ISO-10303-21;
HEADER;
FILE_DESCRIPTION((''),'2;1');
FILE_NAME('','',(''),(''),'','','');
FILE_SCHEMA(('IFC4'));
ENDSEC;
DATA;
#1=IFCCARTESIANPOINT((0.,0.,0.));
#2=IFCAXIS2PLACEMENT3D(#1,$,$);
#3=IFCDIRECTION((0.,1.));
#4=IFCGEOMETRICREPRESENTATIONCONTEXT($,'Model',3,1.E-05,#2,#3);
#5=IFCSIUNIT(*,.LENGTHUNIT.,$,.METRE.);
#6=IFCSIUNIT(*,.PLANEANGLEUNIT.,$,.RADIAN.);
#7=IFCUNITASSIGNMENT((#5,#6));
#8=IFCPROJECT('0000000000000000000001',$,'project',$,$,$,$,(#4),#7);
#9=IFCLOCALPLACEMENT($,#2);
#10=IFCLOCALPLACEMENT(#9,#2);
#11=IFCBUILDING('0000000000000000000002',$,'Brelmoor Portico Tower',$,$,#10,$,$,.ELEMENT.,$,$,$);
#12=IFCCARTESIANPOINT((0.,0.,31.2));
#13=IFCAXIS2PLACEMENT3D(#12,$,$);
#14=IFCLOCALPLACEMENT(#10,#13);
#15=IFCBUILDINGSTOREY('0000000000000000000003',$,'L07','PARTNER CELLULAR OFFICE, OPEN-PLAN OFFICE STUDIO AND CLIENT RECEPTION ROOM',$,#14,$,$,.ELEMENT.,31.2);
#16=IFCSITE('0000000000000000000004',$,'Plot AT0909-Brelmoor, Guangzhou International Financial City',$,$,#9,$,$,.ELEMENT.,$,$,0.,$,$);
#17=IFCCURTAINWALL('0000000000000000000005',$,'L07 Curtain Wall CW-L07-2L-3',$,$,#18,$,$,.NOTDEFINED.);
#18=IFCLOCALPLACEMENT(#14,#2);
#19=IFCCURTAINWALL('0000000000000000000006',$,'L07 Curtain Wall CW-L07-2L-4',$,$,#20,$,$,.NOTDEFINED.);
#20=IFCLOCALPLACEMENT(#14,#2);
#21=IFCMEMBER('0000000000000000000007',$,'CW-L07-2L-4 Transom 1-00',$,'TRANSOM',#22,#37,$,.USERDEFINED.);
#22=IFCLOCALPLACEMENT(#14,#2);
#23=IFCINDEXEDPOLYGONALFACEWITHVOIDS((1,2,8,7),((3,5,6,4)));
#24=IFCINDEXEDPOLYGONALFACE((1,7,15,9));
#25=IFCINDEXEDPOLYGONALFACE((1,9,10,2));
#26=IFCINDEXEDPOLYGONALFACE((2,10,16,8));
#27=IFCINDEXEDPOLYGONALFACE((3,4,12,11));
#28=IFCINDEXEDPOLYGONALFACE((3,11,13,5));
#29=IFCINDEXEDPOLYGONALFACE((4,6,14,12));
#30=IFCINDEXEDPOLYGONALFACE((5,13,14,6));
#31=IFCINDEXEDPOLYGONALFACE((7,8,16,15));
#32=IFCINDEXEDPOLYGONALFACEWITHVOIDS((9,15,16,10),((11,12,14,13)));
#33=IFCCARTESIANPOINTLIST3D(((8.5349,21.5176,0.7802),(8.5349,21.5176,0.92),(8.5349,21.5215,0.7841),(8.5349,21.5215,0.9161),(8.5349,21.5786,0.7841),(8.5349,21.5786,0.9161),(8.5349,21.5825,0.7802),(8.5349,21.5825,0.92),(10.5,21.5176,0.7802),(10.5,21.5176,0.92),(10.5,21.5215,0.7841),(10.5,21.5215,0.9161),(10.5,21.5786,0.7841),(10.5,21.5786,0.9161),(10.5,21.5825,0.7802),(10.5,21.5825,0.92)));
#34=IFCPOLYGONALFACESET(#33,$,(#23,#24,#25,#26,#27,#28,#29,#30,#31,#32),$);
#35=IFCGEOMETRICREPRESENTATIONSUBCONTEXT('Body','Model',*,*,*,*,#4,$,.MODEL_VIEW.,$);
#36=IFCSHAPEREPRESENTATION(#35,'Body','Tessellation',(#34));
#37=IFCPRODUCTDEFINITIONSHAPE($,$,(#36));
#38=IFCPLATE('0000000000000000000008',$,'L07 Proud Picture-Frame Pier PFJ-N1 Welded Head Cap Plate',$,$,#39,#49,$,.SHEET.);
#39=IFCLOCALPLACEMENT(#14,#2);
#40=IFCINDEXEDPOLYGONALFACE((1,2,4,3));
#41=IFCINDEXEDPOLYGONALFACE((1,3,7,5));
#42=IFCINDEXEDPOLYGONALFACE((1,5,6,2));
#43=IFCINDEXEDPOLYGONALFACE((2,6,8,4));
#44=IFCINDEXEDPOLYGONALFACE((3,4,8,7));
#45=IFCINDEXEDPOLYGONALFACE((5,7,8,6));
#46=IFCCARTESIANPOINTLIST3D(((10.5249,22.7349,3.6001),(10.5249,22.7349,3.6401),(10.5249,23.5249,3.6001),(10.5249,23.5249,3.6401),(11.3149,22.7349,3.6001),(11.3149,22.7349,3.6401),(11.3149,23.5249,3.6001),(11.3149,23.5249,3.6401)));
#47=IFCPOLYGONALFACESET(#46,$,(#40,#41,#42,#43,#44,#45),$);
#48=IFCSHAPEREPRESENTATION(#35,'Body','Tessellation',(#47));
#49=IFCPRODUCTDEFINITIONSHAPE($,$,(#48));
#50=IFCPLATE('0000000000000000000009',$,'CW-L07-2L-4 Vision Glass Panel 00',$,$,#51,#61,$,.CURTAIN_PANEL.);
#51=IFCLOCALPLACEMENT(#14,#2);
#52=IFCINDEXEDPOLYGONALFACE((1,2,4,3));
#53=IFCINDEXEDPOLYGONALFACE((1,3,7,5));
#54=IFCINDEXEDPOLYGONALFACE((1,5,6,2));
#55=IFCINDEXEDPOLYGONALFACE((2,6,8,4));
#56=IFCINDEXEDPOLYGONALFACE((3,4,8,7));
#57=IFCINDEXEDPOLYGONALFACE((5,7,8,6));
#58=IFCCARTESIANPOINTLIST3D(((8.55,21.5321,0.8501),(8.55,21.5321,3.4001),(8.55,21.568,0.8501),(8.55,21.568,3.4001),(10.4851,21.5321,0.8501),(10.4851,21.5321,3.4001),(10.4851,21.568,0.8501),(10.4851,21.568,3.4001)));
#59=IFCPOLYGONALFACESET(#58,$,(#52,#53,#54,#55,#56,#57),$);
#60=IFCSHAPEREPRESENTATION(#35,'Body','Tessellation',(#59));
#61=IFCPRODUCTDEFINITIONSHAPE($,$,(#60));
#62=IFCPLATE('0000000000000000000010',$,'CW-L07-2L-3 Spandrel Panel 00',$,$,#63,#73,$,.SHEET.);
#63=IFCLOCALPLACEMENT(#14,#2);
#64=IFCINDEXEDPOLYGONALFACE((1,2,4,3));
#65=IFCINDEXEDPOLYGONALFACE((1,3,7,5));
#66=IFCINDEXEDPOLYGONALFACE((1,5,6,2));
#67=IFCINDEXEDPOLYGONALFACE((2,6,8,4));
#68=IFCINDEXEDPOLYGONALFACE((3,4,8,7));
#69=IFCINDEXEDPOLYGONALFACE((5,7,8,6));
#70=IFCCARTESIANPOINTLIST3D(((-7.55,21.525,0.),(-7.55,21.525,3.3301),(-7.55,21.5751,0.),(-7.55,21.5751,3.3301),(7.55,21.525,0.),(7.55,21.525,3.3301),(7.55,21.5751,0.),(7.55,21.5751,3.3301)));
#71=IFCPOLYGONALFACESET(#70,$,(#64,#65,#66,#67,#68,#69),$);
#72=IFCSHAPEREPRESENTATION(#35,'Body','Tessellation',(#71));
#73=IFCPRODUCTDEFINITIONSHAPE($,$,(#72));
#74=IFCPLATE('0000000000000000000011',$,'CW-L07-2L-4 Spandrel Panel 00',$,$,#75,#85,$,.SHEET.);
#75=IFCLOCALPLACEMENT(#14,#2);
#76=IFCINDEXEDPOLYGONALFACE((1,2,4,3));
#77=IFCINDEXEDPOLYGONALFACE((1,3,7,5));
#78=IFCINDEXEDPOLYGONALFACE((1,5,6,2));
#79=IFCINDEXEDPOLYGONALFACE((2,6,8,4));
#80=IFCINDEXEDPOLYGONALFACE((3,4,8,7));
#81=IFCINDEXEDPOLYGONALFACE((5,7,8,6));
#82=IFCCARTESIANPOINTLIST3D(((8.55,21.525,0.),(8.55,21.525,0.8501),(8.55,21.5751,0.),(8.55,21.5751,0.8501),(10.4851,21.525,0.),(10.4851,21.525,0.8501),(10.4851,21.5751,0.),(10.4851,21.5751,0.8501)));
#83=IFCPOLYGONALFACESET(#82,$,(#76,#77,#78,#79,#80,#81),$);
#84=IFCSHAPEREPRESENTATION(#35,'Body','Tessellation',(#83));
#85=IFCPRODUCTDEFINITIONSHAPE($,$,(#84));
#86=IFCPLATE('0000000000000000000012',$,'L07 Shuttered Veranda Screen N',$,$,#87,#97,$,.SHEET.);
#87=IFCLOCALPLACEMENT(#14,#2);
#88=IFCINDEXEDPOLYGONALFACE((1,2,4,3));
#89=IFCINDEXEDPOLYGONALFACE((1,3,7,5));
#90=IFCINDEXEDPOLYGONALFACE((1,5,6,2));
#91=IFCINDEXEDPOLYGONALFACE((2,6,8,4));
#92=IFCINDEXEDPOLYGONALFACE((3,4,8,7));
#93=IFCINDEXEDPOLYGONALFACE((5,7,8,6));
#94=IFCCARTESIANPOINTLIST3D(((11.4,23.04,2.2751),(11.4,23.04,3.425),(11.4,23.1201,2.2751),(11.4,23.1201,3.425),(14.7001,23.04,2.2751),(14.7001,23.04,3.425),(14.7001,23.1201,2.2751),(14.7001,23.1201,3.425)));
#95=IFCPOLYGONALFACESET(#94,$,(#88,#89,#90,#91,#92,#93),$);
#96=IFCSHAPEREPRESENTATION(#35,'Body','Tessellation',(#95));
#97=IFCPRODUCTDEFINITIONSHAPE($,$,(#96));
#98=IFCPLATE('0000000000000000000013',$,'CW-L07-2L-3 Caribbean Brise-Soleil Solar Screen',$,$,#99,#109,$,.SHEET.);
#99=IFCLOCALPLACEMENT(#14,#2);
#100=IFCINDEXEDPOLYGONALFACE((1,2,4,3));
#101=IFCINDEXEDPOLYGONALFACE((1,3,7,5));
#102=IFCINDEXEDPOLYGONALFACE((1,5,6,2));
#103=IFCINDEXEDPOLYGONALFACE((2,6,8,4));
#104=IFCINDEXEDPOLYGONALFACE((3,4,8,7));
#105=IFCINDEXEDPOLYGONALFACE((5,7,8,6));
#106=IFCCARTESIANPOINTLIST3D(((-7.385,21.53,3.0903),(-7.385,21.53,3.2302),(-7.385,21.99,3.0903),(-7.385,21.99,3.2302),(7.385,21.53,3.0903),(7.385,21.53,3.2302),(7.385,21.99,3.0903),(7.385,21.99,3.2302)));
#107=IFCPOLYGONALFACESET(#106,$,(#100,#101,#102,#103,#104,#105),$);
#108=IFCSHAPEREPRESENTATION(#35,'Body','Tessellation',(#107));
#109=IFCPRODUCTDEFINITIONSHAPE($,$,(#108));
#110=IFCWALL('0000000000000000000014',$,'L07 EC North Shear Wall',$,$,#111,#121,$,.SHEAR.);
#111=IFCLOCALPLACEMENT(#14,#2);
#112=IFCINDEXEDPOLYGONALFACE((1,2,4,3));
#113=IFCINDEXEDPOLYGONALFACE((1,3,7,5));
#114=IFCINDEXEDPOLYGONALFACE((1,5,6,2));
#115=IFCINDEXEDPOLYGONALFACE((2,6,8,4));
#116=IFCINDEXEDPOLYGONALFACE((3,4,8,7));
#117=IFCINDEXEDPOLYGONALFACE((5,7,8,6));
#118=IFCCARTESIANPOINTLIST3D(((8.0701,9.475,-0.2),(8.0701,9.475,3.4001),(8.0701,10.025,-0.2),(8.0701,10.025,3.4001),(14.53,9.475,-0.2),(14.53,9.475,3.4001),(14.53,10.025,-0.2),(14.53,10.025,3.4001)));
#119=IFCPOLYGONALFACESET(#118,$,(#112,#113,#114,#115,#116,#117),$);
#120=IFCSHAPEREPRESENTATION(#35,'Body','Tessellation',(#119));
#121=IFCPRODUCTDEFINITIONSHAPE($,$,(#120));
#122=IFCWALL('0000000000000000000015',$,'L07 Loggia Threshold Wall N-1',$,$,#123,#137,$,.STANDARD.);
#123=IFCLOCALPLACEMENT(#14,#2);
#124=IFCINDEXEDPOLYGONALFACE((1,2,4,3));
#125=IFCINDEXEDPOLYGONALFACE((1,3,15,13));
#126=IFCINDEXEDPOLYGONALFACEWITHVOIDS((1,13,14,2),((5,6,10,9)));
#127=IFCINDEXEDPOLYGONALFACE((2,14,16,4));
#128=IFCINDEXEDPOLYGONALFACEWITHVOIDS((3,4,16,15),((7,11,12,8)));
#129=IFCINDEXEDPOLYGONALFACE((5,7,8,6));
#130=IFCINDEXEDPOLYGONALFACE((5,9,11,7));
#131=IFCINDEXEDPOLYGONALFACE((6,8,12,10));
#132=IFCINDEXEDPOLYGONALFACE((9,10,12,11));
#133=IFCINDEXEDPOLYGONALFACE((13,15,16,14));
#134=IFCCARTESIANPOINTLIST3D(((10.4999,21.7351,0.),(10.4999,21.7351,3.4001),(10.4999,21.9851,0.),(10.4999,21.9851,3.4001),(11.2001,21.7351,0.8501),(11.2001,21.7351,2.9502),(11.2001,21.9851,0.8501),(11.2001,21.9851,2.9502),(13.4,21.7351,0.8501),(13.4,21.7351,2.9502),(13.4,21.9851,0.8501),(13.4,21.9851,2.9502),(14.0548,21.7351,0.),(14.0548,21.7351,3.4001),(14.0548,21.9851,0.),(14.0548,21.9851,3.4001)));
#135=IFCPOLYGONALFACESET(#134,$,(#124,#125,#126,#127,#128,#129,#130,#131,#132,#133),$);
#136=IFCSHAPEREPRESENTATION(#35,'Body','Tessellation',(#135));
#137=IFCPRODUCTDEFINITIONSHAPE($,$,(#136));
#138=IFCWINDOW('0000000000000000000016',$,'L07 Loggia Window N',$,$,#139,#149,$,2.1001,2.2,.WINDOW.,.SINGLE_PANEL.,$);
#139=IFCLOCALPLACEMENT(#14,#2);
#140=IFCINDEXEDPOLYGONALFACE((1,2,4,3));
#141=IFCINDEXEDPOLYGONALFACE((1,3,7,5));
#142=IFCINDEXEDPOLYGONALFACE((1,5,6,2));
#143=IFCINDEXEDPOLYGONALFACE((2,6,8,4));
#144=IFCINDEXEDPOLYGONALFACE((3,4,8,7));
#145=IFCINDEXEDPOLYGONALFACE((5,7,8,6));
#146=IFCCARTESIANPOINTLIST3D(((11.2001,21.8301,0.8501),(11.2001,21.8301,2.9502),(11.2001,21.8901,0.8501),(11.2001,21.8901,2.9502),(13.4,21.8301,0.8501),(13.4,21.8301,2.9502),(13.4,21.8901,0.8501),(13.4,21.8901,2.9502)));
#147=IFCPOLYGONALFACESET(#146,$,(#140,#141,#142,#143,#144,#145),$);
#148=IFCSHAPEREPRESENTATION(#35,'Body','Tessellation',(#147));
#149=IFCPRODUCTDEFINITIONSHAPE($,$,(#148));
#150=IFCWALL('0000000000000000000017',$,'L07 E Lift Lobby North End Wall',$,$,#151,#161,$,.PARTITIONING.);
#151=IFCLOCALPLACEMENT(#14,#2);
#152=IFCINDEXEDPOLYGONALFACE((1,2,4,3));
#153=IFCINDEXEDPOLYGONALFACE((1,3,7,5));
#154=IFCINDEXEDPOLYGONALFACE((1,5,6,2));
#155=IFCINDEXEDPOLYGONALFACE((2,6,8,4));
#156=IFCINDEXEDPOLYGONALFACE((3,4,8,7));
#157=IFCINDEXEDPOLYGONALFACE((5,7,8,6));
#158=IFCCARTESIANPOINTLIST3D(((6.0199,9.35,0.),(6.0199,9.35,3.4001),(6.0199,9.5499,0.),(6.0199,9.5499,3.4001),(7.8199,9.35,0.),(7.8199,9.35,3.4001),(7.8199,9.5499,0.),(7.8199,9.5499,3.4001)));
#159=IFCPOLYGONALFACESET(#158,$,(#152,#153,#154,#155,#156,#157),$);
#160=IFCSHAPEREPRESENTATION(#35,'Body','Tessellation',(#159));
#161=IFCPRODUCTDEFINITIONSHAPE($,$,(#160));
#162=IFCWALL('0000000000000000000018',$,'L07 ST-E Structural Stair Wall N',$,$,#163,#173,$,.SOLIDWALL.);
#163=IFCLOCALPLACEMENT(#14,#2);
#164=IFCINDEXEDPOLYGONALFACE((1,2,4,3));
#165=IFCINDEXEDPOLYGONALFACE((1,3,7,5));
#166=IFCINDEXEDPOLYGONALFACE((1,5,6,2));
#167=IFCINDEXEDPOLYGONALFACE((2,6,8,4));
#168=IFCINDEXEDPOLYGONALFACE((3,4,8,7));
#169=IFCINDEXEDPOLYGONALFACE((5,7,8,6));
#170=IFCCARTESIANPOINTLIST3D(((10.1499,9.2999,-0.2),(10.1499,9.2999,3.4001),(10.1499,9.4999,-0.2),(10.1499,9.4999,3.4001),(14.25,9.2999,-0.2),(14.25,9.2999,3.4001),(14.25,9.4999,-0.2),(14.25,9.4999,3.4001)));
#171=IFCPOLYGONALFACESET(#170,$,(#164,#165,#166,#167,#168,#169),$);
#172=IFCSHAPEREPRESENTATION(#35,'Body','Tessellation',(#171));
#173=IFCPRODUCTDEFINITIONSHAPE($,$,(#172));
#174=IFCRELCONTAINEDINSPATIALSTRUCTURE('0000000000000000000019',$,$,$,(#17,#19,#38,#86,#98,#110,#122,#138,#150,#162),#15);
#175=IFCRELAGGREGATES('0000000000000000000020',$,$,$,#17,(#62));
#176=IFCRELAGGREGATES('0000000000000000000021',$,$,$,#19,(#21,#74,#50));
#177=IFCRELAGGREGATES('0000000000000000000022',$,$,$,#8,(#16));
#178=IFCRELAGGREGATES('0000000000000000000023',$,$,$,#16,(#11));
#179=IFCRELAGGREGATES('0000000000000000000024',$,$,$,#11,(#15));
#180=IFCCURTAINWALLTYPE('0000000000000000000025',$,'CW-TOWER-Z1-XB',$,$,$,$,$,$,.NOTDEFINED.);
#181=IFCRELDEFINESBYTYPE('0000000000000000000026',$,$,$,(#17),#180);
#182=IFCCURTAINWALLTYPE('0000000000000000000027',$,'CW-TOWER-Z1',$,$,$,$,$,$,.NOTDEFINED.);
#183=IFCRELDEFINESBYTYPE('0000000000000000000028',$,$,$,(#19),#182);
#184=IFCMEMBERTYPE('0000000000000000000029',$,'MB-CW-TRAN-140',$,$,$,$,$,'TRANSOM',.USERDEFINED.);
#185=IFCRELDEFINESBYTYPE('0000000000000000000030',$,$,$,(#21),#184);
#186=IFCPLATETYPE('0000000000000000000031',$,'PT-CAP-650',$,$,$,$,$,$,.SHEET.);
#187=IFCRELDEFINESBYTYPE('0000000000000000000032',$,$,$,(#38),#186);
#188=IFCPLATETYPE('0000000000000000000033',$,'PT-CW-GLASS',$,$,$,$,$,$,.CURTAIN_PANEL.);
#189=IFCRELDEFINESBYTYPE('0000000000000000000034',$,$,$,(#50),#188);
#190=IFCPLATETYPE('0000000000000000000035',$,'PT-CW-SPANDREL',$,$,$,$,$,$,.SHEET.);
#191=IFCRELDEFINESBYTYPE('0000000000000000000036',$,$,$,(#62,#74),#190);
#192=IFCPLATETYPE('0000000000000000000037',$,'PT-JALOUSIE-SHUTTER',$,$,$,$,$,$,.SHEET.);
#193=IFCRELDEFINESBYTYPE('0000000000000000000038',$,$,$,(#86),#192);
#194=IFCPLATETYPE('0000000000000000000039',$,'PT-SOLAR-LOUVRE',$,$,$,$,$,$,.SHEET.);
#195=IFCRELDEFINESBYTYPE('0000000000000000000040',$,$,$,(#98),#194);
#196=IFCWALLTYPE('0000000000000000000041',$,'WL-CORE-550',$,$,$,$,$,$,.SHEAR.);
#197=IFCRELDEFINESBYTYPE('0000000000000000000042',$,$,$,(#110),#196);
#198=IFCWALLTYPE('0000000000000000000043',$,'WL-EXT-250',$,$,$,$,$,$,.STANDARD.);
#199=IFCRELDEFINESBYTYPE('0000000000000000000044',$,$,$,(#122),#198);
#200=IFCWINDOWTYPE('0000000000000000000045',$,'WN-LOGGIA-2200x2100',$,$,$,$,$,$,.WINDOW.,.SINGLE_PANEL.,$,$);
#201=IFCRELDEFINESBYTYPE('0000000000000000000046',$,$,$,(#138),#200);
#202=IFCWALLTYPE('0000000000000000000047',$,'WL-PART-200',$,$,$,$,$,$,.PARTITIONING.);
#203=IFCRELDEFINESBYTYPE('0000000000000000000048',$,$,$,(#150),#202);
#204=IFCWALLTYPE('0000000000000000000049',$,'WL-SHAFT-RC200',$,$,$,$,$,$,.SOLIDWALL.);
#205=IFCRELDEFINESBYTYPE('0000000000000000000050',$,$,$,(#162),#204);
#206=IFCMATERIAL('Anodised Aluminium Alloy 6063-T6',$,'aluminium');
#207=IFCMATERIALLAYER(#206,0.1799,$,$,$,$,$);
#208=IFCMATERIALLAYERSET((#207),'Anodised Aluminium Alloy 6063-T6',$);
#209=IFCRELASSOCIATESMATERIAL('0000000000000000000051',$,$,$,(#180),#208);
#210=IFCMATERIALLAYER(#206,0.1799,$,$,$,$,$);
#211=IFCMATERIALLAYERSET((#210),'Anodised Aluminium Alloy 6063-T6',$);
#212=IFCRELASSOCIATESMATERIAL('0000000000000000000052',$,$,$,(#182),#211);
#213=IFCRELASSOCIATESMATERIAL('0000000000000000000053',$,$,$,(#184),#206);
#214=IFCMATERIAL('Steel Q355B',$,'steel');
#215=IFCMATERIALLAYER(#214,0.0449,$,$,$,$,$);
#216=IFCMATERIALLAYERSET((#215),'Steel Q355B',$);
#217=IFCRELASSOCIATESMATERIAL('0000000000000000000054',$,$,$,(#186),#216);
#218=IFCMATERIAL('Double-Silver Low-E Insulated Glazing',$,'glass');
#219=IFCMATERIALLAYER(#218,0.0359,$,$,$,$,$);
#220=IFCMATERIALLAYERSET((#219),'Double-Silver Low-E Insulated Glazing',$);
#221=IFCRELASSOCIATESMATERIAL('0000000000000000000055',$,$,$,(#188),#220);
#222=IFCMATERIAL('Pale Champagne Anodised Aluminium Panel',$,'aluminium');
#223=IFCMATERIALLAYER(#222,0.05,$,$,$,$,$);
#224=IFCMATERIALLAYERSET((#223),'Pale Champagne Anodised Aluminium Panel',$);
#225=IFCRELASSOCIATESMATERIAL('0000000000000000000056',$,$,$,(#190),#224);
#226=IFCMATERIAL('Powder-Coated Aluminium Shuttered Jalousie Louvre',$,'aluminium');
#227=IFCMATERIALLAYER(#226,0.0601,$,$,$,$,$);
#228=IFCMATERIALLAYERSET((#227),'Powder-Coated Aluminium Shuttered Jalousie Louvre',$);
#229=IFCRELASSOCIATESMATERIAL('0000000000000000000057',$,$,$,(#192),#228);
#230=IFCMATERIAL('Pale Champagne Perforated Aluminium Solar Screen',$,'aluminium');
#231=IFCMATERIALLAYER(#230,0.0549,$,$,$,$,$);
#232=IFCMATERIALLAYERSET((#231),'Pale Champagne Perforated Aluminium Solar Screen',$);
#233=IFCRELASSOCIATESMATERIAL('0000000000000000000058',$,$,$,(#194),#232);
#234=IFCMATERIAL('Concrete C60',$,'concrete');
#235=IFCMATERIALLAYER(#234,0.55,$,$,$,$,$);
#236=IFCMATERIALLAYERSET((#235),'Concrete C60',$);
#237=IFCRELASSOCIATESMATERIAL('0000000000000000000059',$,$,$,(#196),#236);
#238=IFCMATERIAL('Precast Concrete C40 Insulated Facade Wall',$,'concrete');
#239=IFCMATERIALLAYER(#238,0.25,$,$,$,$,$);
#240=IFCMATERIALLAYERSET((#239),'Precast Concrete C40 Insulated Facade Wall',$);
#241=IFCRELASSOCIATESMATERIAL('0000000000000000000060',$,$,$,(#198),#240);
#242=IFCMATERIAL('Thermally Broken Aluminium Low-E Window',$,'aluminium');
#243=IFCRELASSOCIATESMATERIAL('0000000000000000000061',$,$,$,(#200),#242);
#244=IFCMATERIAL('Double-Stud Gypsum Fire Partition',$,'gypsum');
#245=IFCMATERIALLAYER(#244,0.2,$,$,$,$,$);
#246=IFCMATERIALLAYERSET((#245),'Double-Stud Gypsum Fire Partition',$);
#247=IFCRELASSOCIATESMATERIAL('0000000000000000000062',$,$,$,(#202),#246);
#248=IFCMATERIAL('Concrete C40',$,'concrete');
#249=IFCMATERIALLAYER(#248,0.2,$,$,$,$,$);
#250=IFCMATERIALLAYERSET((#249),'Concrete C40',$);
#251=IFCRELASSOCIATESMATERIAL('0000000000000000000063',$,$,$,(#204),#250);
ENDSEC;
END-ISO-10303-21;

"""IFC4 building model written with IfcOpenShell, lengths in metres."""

from ifc_helpers import new_model, si_unit, direction, frame, frame_2d, origin, origin_2d, place, context, subcontext, project, spatial, rectangle, hollow_rectangle, extrude, material, layer, layer_set, material_profile, profile_set, type_object, element, fill, aggregate, save


model = new_model("IFC4")

# Units and contexts
model_context = context("Model", 3, precision=1e-05, world=origin(), true_north=direction((0.0, 1.0)))
body_context = subcontext(model_context, "Body", "Model", "MODEL_VIEW")
ifc_project = project(units=[si_unit("LENGTHUNIT", "METRE"), si_unit("PLANEANGLEUNIT", "RADIAN")], contexts=[model_context])

# Site, building, storey
site_placement = place(None, origin())
site = spatial("IfcSite", under=ifc_project, at=site_placement, Name="Plot AT0909-Brelmoor, Guangzhou International Financial City", CompositionType="ELEMENT", RefElevation=0.0)
building_placement = place(site_placement, origin())
building = spatial("IfcBuilding", under=site, at=building_placement, Name="Brelmoor Portico Tower", CompositionType="ELEMENT")
storey_placement = place(building_placement, frame((0.0, 0.0, 31.2)))
storey = spatial("IfcBuildingStorey", under=building, at=storey_placement, Name="L07", Description="PARTNER CELLULAR OFFICE, OPEN-PLAN OFFICE STUDIO AND CLIENT RECEPTION ROOM", CompositionType="ELEMENT", Elevation=31.2)

# Shared definitions
ifc_material_1 = material(Name="Steel Q355B", Category="steel")

# Curtain wall
ifc_material_2 = material(Name="Anodised Aluminium Alloy 6063-T6", Category="aluminium")
ifc_layer_1 = layer(ifc_material_2, 0.1799)
ifc_layer_set_1 = layer_set([ifc_layer_1], Name="Anodised Aluminium Alloy 6063-T6")
curtain_wall_type_1 = type_object("IfcCurtainWallType", Name="CW-TOWER-Z1-XB", PredefinedType="NOTDEFINED", material=ifc_layer_set_1)
curtain_wall_1_placement = place(storey_placement, origin())
curtain_wall_1 = element("IfcCurtainWall", 1, at=curtain_wall_1_placement, inside=storey, type_object=curtain_wall_type_1, Name="L07 Curtain Wall CW-L07-2L-3", PredefinedType="NOTDEFINED")

# Curtain wall, member
ifc_layer_2 = layer(ifc_material_2, 0.1799)
ifc_layer_set_2 = layer_set([ifc_layer_2], Name="Anodised Aluminium Alloy 6063-T6")
curtain_wall_type_2 = type_object("IfcCurtainWallType", Name="CW-TOWER-Z1", PredefinedType="NOTDEFINED", material=ifc_layer_set_2)
curtain_wall_2_placement = place(storey_placement, origin())
curtain_wall_2 = element("IfcCurtainWall", 2, at=curtain_wall_2_placement, inside=storey, type_object=curtain_wall_type_2, Name="L07 Curtain Wall CW-L07-2L-4", PredefinedType="NOTDEFINED")
ifc_material_profile_1 = material_profile(ifc_material_2, hollow_rectangle(XDim=0.0649, YDim=0.1399, WallThickness=0.0039, at=origin_2d()), Name="ALU TRANSOM 65x140")
ifc_profile_set_1 = profile_set([ifc_material_profile_1], Name="Anodised Aluminium Alloy 6063-T6")
member_type_1 = type_object("IfcMemberType", Name="MB-CW-TRAN-140", ElementType="TRANSOM", PredefinedType="USERDEFINED", material=ifc_profile_set_1)
member_1_placement = place(storey_placement, frame((8.5349, 21.55, 0.8501), z_axis=(1.0, 0.0, 0.0), x_axis=(0.0, 1.0, 0.0)))
member_1 = element("IfcMember", 3, at=member_1_placement, type_object=member_type_1, Name="CW-L07-2L-4 Transom 1-00", ObjectType="TRANSOM", PredefinedType="USERDEFINED", context=body_context, shape_type="SweptSolid", body=[
    extrude(hollow_rectangle(XDim=0.0649, YDim=0.1399, WallThickness=0.0039, at=origin_2d()), origin(), (0.0, 0.0, 1.0), 1.9651),
])

# Plates
ifc_layer_3 = layer(ifc_material_1, 0.0449)
ifc_layer_set_3 = layer_set([ifc_layer_3], Name="Steel Q355B")
plate_type_1 = type_object("IfcPlateType", Name="PT-CAP-650", PredefinedType="SHEET", material=ifc_layer_set_3)
plate_1_placement = place(storey_placement, frame((10.9199, 23.1299, 3.6001), z_axis=(0.0, 0.0, 1.0), x_axis=(1.0, 0.0, 0.0)))
element("IfcPlate", 4, at=plate_1_placement, inside=storey, type_object=plate_type_1, Name="L07 Proud Picture-Frame Pier PFJ-N1 Welded Head Cap Plate", PredefinedType="SHEET", context=body_context, shape_type="SweptSolid", body=[
    extrude(rectangle(XDim=0.79, YDim=0.79, at=origin_2d()), origin(), (0.0, 0.0, 1.0), 0.04),
])
ifc_material_3 = material(Name="Double-Silver Low-E Insulated Glazing", Category="glass")
ifc_layer_4 = layer(ifc_material_3, 0.0359)
ifc_layer_set_4 = layer_set([ifc_layer_4], Name="Double-Silver Low-E Insulated Glazing")
plate_type_2 = type_object("IfcPlateType", Name="PT-CW-GLASS", PredefinedType="CURTAIN_PANEL", material=ifc_layer_set_4)
plate_2_placement = place(storey_placement, frame((9.5176, 21.55, 0.8501), z_axis=(0.0, 0.0, 1.0), x_axis=(1.0, 0.0, 0.0)))
plate_2 = element("IfcPlate", 5, at=plate_2_placement, type_object=plate_type_2, Name="CW-L07-2L-4 Vision Glass Panel 00", PredefinedType="CURTAIN_PANEL", context=body_context, shape_type="SweptSolid", body=[
    extrude(rectangle(XDim=1.9351, YDim=0.0359, at=origin_2d()), origin(), (0.0, 0.0, 1.0), 2.55),
])
ifc_material_4 = material(Name="Pale Champagne Anodised Aluminium Panel", Category="aluminium")
ifc_layer_5 = layer(ifc_material_4, 0.05)
ifc_layer_set_5 = layer_set([ifc_layer_5], Name="Pale Champagne Anodised Aluminium Panel")
plate_type_3 = type_object("IfcPlateType", Name="PT-CW-SPANDREL", PredefinedType="SHEET", material=ifc_layer_set_5)
plate_3_placement = place(storey_placement, frame((0.0, 21.55, 0.0), z_axis=(0.0, 0.0, 1.0), x_axis=(1.0, 0.0, 0.0)))
plate_3 = element("IfcPlate", 6, at=plate_3_placement, type_object=plate_type_3, Name="CW-L07-2L-3 Spandrel Panel 00", PredefinedType="SHEET", context=body_context, shape_type="SweptSolid", body=[
    extrude(rectangle(XDim=15.1001, YDim=0.05, at=origin_2d()), origin(), (0.0, 0.0, 1.0), 3.3301),
])
aggregate(curtain_wall_1, [plate_3])
plate_4_placement = place(storey_placement, frame((9.5176, 21.55, 0.0), z_axis=(0.0, 0.0, 1.0), x_axis=(1.0, 0.0, 0.0)))
plate_4 = element("IfcPlate", 7, at=plate_4_placement, type_object=plate_type_3, Name="CW-L07-2L-4 Spandrel Panel 00", PredefinedType="SHEET", context=body_context, shape_type="SweptSolid", body=[
    extrude(rectangle(XDim=1.9351, YDim=0.05, at=origin_2d()), origin(), (0.0, 0.0, 1.0), 0.8501),
])
aggregate(curtain_wall_2, [member_1, plate_4, plate_2])

# Plates
ifc_material_5 = material(Name="Powder-Coated Aluminium Shuttered Jalousie Louvre", Category="aluminium")
ifc_layer_6 = layer(ifc_material_5, 0.0601)
ifc_layer_set_6 = layer_set([ifc_layer_6], Name="Powder-Coated Aluminium Shuttered Jalousie Louvre")
plate_type_4 = type_object("IfcPlateType", Name="PT-JALOUSIE-SHUTTER", PredefinedType="SHEET", material=ifc_layer_set_6)
plate_5_placement = place(storey_placement, frame((13.05, 23.0801, 2.2751), z_axis=(0.0, 0.0, 1.0), x_axis=(1.0, 0.0, 0.0)))
element("IfcPlate", 8, at=plate_5_placement, inside=storey, type_object=plate_type_4, Name="L07 Shuttered Veranda Screen N", PredefinedType="SHEET", context=body_context, shape_type="SweptSolid", body=[
    extrude(rectangle(XDim=3.3, YDim=0.0801, at=origin_2d()), origin(), (0.0, 0.0, 1.0), 1.1499),
])
ifc_material_6 = material(Name="Pale Champagne Perforated Aluminium Solar Screen", Category="aluminium")
ifc_layer_7 = layer(ifc_material_6, 0.0549)
ifc_layer_set_7 = layer_set([ifc_layer_7], Name="Pale Champagne Perforated Aluminium Solar Screen")
plate_type_5 = type_object("IfcPlateType", Name="PT-SOLAR-LOUVRE", PredefinedType="SHEET", material=ifc_layer_set_7)
plate_6_placement = place(storey_placement, frame((0.0, 21.76, 3.0903), z_axis=(0.0, 0.0, 1.0), x_axis=(1.0, 0.0, 0.0)))
element("IfcPlate", 9, at=plate_6_placement, inside=storey, type_object=plate_type_5, Name="CW-L07-2L-3 Caribbean Brise-Soleil Solar Screen", PredefinedType="SHEET", context=body_context, shape_type="SweptSolid", body=[
    extrude(rectangle(XDim=14.77, YDim=0.46, at=origin_2d()), origin(), (0.0, 0.0, 1.0), 0.1399),
])

# Wall
ifc_material_7 = material(Name="Concrete C60", Category="concrete")
ifc_layer_8 = layer(ifc_material_7, 0.55)
ifc_layer_set_8 = layer_set([ifc_layer_8], Name="Concrete C60")
wall_type_1 = type_object("IfcWallType", Name="WL-CORE-550", PredefinedType="SHEAR", material=ifc_layer_set_8)
wall_1_placement = place(storey_placement, frame((8.0701, 9.75, -0.2), z_axis=(0.0, 0.0, 1.0), x_axis=(1.0, 0.0, 0.0)))
element("IfcWall", 10, at=wall_1_placement, inside=storey, type_object=wall_type_1, Name="L07 EC North Shear Wall", PredefinedType="SHEAR", context=body_context, shape_type="SweptSolid", body=[
    extrude(rectangle(XDim=6.46, YDim=0.55, at=frame_2d((3.23, 0.0))), origin(), (0.0, 0.0, 1.0), 3.6001),
])

# Wall, opening, window
ifc_material_8 = material(Name="Precast Concrete C40 Insulated Facade Wall", Category="concrete")
ifc_layer_9 = layer(ifc_material_8, 0.25)
ifc_layer_set_9 = layer_set([ifc_layer_9], Name="Precast Concrete C40 Insulated Facade Wall")
wall_type_2 = type_object("IfcWallType", Name="WL-EXT-250", PredefinedType="STANDARD", material=ifc_layer_set_9)
wall_2_placement = place(storey_placement, frame((10.5, 21.8601, 0.0), z_axis=(0.0, 0.0, 1.0), x_axis=(1.0, 0.0, 0.0)))
wall_2 = element("IfcWall", 11, at=wall_2_placement, inside=storey, type_object=wall_type_2, Name="L07 Loggia Threshold Wall N-1", PredefinedType="STANDARD", context=body_context, shape_type="SweptSolid", body=[
    extrude(rectangle(XDim=3.5549, YDim=0.25, at=frame_2d((1.7773, 0.0))), origin(), (0.0, 0.0, 1.0), 3.4001),
])
opening_placement = place(wall_2_placement, frame((0.7, 0.0, 0.8501)))
opening = element("IfcOpeningElement", 12, at=opening_placement, cuts=wall_2, PredefinedType="OPENING", context=body_context, shape_type="SweptSolid", body=[
    extrude(rectangle(XDim=2.2, YDim=2.1001, at=frame_2d((1.1001, 1.05))), frame((0.0, 0.135, 0.0), z_axis=(0.0, -1.0, 0.0), x_axis=(1.0, 0.0, 0.0)), (0.0, 0.0, 1.0), 0.27),
])
ifc_material_9 = material(Name="Thermally Broken Aluminium Low-E Window", Category="aluminium")
window_type = type_object("IfcWindowType", Name="WN-LOGGIA-2200x2100", PartitioningType="SINGLE_PANEL", PredefinedType="WINDOW", material=ifc_material_9)
window_placement = place(opening_placement, origin())
window = element("IfcWindow", 13, at=window_placement, inside=storey, type_object=window_type, Name="L07 Loggia Window N", OverallHeight=2.1001, OverallWidth=2.2, PartitioningType="SINGLE_PANEL", PredefinedType="WINDOW", context=body_context, shape_type="SweptSolid", body=[
    extrude(rectangle(XDim=2.2, YDim=2.1001, at=frame_2d((1.1001, 1.05))), frame((0.0, 0.03, 0.0), z_axis=(0.0, -1.0, 0.0), x_axis=(1.0, 0.0, 0.0)), (0.0, 0.0, 1.0), 0.0601),
])
fill(opening, window)

# Walls
ifc_material_10 = material(Name="Double-Stud Gypsum Fire Partition", Category="gypsum")
ifc_layer_10 = layer(ifc_material_10, 0.2)
ifc_layer_set_10 = layer_set([ifc_layer_10], Name="Double-Stud Gypsum Fire Partition")
wall_type_3 = type_object("IfcWallType", Name="WL-PART-200", PredefinedType="PARTITIONING", material=ifc_layer_set_10)
wall_3_placement = place(storey_placement, frame((6.02, 9.45, 0.0), z_axis=(0.0, 0.0, 1.0), x_axis=(1.0, 0.0, 0.0)))
element("IfcWall", 14, at=wall_3_placement, inside=storey, type_object=wall_type_3, Name="L07 E Lift Lobby North End Wall", PredefinedType="PARTITIONING", context=body_context, shape_type="SweptSolid", body=[
    extrude(rectangle(XDim=1.8, YDim=0.2, at=frame_2d((0.8999, 0.0))), origin(), (0.0, 0.0, 1.0), 3.4001),
])
ifc_material_11 = material(Name="Concrete C40", Category="concrete")
ifc_layer_11 = layer(ifc_material_11, 0.2)
ifc_layer_set_11 = layer_set([ifc_layer_11], Name="Concrete C40")
wall_type_4 = type_object("IfcWallType", Name="WL-SHAFT-RC200", PredefinedType="SOLIDWALL", material=ifc_layer_set_11)
wall_4_placement = place(storey_placement, frame((10.1499, 9.3999, -0.2), z_axis=(0.0, 0.0, 1.0), x_axis=(1.0, 0.0, 0.0)))
element("IfcWall", 15, at=wall_4_placement, inside=storey, type_object=wall_type_4, Name="L07 ST-E Structural Stair Wall N", PredefinedType="SOLIDWALL", context=body_context, shape_type="SweptSolid", body=[
    extrude(rectangle(XDim=4.1001, YDim=0.2, at=frame_2d((2.05, 0.0))), origin(), (0.0, 0.0, 1.0), 3.6001),
])

save(model, "model.ifc")
